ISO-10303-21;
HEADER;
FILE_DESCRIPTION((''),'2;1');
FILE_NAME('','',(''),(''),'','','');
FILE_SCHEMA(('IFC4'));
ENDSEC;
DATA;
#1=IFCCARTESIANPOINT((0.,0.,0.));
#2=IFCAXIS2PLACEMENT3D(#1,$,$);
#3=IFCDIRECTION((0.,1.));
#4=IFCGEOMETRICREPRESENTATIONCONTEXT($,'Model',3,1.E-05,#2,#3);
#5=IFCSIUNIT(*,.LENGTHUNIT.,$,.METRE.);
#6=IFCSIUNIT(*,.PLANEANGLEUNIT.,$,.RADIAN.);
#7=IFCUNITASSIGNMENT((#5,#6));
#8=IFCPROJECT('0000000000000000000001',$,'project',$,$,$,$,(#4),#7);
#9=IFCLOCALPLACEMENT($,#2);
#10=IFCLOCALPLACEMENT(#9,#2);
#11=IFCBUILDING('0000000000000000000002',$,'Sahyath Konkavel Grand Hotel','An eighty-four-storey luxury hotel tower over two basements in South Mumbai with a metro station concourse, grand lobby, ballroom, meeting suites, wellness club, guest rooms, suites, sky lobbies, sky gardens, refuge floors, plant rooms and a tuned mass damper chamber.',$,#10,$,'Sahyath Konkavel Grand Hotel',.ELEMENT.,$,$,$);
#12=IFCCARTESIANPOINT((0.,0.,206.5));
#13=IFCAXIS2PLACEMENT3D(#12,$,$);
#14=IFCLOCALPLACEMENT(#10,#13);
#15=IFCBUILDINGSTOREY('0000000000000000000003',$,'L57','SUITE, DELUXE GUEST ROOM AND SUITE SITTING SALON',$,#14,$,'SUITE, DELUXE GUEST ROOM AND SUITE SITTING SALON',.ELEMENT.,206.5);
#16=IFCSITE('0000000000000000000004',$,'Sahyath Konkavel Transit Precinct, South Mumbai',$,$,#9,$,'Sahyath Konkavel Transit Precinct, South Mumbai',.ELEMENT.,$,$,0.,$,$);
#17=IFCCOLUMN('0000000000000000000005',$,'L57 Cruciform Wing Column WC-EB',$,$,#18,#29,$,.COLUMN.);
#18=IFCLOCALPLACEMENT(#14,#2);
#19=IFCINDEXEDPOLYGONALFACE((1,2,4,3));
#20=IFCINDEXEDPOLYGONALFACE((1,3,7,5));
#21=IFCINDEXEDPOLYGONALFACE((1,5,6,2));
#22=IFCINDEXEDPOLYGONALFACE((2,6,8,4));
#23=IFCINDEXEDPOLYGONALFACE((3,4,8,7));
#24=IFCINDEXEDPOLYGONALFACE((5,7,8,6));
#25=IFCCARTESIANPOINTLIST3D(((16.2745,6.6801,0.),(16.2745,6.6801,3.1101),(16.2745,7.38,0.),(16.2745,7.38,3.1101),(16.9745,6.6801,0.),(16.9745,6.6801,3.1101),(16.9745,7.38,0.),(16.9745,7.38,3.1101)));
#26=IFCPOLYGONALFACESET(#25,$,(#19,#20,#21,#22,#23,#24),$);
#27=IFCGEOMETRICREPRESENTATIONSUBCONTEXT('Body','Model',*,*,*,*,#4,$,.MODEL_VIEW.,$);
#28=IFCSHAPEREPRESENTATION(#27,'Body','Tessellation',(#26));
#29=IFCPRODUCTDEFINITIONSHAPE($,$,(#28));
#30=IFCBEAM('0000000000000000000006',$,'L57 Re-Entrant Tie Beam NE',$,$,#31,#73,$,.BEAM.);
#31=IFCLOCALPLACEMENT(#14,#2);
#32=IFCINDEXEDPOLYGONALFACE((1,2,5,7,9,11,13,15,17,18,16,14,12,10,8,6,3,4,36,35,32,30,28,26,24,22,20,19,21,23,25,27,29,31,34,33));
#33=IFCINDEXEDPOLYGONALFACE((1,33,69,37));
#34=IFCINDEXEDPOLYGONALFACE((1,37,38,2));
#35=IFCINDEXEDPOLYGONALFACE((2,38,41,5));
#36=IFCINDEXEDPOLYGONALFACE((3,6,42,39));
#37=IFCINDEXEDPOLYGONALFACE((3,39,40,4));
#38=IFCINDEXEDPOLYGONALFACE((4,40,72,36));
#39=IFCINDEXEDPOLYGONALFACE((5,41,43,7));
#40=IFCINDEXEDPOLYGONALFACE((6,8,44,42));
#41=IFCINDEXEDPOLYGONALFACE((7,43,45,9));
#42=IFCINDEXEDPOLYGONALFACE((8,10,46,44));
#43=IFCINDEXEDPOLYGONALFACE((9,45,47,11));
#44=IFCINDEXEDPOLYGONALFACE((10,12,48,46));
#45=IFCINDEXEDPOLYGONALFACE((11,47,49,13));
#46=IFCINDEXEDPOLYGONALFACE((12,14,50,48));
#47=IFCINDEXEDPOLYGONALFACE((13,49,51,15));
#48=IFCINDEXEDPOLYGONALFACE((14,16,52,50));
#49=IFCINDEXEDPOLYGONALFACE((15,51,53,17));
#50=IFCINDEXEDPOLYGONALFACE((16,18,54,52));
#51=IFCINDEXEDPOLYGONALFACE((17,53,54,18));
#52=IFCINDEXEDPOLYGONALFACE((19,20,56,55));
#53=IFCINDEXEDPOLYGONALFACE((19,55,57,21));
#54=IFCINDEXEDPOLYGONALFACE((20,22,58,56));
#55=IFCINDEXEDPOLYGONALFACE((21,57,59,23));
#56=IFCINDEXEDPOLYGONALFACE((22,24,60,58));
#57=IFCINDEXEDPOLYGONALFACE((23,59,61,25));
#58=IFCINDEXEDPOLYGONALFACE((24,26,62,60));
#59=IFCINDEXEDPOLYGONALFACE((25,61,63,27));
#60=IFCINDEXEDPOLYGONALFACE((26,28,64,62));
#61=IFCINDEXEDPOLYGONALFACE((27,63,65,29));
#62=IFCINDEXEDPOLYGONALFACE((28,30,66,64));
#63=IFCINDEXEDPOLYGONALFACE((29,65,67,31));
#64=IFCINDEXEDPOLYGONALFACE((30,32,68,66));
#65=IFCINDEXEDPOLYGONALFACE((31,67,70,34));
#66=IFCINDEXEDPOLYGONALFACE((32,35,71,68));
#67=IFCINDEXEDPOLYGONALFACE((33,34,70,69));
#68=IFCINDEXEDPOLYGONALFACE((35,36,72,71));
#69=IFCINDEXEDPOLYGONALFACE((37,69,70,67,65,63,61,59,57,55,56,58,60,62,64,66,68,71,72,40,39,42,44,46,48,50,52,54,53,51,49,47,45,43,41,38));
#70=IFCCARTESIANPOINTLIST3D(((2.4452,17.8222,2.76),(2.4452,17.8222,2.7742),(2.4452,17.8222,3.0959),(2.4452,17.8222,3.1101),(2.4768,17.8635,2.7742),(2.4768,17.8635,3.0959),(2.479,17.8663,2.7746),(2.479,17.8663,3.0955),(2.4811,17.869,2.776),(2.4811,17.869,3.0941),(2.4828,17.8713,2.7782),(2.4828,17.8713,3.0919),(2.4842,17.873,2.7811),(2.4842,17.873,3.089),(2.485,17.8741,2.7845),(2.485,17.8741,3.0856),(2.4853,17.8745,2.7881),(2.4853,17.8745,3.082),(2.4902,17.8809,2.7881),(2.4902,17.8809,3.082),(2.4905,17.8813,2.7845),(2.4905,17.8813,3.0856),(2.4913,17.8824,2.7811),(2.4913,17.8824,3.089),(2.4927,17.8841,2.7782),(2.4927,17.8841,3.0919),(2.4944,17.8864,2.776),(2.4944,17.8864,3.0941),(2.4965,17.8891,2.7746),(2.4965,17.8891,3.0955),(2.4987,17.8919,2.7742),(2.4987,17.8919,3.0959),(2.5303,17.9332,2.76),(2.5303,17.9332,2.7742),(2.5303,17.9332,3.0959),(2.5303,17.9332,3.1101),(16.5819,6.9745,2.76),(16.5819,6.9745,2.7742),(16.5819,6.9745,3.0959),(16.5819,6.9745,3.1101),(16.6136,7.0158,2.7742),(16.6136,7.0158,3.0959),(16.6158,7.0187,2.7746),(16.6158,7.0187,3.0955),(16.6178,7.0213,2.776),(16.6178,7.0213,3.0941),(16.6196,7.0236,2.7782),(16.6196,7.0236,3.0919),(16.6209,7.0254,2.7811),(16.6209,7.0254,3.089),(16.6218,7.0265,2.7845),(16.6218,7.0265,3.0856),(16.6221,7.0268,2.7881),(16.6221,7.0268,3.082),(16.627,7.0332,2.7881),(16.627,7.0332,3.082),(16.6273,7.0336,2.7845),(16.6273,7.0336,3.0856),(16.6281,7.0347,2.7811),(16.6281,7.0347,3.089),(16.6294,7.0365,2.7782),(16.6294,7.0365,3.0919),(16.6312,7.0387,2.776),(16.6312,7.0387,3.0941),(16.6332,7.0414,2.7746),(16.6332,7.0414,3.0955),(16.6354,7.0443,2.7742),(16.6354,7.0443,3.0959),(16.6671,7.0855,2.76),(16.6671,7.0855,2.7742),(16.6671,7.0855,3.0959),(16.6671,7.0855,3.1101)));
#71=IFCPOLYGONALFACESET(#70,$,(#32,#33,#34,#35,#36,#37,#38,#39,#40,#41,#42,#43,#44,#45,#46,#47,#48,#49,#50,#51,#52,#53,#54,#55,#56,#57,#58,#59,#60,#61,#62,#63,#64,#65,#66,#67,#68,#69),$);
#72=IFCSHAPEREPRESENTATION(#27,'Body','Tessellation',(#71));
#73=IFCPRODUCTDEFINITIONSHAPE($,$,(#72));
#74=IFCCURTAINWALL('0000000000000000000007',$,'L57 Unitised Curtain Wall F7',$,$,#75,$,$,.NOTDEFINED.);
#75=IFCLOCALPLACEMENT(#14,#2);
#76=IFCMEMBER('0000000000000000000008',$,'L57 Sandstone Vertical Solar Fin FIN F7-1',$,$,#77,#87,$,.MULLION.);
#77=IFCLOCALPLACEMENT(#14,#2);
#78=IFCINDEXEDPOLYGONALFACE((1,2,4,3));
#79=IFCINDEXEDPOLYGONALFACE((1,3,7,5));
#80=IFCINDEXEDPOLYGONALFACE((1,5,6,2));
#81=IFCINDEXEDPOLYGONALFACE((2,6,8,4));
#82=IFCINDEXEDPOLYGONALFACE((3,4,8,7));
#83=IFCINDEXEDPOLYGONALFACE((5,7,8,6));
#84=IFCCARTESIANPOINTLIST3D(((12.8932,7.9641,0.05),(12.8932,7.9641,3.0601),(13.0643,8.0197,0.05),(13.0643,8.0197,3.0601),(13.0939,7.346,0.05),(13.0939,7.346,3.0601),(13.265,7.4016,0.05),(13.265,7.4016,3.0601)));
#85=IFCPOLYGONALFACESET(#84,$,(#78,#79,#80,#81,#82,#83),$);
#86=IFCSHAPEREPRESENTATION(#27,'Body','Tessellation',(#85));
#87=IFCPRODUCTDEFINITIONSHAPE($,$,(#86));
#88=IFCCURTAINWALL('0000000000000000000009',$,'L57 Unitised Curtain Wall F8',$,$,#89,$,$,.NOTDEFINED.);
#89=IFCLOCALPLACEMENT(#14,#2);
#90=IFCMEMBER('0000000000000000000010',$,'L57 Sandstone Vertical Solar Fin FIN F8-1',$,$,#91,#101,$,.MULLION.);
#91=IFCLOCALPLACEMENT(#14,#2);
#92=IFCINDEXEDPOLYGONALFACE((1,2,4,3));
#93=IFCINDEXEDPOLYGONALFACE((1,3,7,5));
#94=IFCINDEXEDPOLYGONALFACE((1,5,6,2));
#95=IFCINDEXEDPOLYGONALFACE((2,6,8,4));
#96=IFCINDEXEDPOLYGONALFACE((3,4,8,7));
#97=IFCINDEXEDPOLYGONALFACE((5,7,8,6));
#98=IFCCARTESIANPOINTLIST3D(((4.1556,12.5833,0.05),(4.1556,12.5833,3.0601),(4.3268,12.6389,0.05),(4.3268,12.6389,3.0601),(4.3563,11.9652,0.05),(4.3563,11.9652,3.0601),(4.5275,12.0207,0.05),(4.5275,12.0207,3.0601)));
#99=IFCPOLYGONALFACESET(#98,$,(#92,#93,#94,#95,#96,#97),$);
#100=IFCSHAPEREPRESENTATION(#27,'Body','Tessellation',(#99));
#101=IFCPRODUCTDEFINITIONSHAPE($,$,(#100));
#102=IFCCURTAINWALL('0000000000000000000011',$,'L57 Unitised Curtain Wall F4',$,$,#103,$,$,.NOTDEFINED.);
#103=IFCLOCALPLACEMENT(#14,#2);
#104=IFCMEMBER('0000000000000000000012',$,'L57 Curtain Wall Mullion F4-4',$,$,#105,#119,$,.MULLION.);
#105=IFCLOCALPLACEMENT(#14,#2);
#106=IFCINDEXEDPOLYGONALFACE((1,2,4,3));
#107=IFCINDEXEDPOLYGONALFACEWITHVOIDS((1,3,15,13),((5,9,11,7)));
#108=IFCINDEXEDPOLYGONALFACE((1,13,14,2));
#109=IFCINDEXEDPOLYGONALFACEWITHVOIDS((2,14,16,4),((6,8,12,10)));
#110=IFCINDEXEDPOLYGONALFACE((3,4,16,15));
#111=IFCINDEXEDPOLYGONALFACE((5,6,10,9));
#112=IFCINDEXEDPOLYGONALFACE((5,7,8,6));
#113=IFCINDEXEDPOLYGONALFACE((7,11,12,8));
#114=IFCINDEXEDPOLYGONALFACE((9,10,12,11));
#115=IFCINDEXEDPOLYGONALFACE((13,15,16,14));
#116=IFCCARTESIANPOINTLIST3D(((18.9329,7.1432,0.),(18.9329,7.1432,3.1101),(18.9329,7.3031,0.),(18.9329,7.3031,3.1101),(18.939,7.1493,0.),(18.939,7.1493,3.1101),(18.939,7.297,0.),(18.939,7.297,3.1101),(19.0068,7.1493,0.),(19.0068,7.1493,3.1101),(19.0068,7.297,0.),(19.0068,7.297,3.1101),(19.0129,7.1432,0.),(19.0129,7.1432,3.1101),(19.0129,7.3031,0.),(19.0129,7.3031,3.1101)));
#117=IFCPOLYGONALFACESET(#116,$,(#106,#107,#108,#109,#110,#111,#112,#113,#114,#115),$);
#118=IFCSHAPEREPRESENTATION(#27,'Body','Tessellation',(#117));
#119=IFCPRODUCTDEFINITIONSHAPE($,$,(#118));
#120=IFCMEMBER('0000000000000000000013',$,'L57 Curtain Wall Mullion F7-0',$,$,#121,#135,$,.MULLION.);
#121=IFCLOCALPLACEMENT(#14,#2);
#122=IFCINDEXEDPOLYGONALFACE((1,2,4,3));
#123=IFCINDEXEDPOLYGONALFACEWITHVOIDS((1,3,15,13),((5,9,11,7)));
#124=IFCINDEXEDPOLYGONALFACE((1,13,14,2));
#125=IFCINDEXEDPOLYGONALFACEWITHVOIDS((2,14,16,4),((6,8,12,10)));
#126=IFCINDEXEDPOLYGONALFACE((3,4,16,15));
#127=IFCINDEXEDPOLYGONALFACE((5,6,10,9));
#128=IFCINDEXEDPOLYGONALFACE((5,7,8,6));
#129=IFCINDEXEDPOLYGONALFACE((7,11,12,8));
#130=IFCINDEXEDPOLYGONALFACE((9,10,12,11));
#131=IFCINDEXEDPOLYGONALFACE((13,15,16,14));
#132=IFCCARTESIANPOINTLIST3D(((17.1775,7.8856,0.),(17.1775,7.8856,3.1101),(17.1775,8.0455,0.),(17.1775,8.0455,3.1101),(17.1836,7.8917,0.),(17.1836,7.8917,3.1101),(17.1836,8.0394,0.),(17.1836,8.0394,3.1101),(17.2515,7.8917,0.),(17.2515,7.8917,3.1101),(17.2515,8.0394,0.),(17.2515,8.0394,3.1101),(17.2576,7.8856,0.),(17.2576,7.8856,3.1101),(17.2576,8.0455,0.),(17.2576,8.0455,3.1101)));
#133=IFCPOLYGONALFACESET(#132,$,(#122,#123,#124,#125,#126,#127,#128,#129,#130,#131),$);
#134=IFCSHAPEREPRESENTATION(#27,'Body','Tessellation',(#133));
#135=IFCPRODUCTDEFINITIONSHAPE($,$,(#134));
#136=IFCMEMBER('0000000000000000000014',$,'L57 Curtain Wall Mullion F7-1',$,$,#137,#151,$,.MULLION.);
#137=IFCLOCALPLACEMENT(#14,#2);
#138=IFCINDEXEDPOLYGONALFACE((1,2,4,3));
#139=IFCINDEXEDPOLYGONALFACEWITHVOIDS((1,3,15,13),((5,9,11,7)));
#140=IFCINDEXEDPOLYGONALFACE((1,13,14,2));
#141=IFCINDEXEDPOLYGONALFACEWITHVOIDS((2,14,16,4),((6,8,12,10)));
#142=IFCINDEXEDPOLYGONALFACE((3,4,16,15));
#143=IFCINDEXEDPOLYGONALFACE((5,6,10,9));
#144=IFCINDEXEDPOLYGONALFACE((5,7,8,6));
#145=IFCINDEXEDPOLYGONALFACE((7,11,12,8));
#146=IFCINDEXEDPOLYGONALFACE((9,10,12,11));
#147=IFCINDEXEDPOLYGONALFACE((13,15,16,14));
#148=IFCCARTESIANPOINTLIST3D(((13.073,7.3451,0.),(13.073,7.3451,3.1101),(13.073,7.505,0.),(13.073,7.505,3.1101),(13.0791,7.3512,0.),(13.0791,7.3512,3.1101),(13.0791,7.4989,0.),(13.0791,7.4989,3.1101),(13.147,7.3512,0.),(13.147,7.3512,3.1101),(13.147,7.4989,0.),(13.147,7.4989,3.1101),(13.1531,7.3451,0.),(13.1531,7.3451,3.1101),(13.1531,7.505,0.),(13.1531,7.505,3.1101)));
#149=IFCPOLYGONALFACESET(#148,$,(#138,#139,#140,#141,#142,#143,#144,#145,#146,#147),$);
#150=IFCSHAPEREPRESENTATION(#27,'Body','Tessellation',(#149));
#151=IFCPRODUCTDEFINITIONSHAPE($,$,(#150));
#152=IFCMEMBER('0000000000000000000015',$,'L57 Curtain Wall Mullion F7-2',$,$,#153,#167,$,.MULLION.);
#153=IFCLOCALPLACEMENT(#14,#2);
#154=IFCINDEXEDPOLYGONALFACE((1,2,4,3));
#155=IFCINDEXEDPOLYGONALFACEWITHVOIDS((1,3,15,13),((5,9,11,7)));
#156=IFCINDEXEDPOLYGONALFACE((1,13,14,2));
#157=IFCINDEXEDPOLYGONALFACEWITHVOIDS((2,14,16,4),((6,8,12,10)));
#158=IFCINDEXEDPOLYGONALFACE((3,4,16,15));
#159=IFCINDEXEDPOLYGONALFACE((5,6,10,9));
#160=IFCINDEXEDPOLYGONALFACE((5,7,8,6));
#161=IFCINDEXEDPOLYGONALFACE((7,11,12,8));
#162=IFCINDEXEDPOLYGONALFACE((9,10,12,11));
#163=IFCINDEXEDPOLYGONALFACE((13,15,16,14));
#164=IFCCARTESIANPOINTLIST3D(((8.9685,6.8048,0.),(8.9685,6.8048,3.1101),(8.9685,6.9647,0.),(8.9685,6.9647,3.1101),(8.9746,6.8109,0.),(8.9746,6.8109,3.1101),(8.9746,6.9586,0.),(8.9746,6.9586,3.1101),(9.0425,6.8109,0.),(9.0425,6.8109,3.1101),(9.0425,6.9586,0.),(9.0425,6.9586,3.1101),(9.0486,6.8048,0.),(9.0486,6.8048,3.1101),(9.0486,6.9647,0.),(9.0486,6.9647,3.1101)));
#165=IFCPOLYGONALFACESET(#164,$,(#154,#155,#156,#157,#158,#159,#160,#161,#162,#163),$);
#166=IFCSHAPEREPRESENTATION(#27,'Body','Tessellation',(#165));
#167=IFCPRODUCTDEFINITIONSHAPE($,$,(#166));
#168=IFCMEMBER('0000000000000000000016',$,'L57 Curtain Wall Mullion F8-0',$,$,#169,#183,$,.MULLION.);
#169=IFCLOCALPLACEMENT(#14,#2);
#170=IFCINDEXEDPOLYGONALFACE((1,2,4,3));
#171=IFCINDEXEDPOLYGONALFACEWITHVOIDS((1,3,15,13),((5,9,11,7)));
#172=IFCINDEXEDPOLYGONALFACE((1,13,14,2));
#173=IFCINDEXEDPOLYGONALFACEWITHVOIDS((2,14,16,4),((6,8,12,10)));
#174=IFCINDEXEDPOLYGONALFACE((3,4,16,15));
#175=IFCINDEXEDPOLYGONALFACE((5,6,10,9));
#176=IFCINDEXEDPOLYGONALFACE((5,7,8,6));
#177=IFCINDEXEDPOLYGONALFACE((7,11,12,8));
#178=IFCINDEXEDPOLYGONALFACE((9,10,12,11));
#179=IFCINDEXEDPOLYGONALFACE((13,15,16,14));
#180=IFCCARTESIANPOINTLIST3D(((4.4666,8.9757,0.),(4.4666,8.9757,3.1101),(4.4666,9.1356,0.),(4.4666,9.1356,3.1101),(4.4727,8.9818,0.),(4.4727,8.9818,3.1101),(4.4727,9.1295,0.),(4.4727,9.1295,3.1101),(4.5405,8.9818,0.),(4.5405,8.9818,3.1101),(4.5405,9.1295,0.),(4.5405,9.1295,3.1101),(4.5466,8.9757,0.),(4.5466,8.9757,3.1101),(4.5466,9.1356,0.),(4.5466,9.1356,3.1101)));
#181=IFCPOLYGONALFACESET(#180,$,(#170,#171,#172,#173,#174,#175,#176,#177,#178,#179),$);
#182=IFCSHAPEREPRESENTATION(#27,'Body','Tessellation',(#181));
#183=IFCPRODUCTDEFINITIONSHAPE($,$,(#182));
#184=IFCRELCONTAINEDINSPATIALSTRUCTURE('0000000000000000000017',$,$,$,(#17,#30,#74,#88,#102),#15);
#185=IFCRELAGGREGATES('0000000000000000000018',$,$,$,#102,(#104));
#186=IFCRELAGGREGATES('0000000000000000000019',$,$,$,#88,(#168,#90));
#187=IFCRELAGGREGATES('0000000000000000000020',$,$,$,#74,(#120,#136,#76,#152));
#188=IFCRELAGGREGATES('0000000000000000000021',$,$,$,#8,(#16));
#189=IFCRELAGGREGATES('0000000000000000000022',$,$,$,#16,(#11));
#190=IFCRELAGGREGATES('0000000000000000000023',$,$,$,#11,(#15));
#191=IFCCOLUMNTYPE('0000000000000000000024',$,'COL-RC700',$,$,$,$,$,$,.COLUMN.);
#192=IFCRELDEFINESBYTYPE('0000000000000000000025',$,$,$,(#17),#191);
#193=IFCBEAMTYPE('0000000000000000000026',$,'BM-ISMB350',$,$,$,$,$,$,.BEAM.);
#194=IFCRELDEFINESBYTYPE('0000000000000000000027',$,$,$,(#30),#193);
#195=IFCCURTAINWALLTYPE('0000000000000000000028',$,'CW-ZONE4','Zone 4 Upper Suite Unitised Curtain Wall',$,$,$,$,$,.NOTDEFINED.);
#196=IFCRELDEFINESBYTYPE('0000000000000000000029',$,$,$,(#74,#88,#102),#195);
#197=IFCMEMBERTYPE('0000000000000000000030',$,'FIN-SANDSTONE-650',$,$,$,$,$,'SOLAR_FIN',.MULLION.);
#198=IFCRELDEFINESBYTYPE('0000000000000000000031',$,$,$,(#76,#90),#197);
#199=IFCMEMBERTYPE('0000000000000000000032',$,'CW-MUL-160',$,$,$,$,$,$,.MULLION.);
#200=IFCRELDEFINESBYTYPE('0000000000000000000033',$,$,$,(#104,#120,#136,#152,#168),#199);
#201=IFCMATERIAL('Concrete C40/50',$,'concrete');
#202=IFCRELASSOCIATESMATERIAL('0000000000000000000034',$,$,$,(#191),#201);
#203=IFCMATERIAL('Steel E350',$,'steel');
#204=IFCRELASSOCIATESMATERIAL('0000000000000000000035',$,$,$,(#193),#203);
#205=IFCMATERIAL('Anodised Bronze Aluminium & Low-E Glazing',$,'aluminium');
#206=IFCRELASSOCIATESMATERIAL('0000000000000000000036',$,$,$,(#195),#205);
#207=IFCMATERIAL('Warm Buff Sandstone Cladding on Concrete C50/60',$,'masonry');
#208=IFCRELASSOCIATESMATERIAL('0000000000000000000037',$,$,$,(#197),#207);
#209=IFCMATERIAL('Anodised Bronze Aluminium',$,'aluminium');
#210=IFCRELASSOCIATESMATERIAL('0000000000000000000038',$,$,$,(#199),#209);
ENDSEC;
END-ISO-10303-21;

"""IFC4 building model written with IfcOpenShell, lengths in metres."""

from ifc_helpers import new_model, si_unit, direction, frame, origin, origin_2d, place, context, subcontext, project, spatial, rectangle, hollow_rectangle, i_section, extrude, source, transform, mapped, material, material_profile, profile_set, type_object, element, aggregate, save


model = new_model("IFC4")

# Units and contexts
model_context = context("Model", 3, precision=1e-05, world=origin(), true_north=direction((0.0, 1.0)))
body_context = subcontext(model_context, "Body", "Model", "MODEL_VIEW")
ifc_project = project(units=[si_unit("LENGTHUNIT", "METRE"), si_unit("PLANEANGLEUNIT", "RADIAN")], contexts=[model_context])

# Site, building, storey
site_placement = place(None, origin())
site = spatial("IfcSite", under=ifc_project, at=site_placement, Name="Sahyath Konkavel Transit Precinct, South Mumbai", LongName="Sahyath Konkavel Transit Precinct, South Mumbai", CompositionType="ELEMENT", RefElevation=0.0)
building_placement = place(site_placement, origin())
building = spatial("IfcBuilding", under=site, at=building_placement, Name="Sahyath Konkavel Grand Hotel", Description="An eighty-four-storey luxury hotel tower over two basements in South Mumbai with a metro station concourse, grand lobby, ballroom, meeting suites, wellness club, guest rooms, suites, sky lobbies, sky gardens, refuge floors, plant rooms and a tuned mass damper chamber.", LongName="Sahyath Konkavel Grand Hotel", CompositionType="ELEMENT")
storey_placement = place(building_placement, frame((0.0, 0.0, 206.5)))
storey = spatial("IfcBuildingStorey", under=building, at=storey_placement, Name="L57", Description="SUITE, DELUXE GUEST ROOM AND SUITE SITTING SALON", LongName="SUITE, DELUXE GUEST ROOM AND SUITE SITTING SALON", CompositionType="ELEMENT", Elevation=206.5)

# Column
ifc_material_1 = material(Name="Concrete C40/50", Category="concrete")
ifc_material_profile_1 = material_profile(ifc_material_1, rectangle(XDim=0.7, YDim=0.7, at=origin_2d()), Name="RC 700x700")
ifc_profile_set_1 = profile_set([ifc_material_profile_1], Name="Concrete C40/50")
column_type = type_object("IfcColumnType", Name="COL-RC700", PredefinedType="COLUMN", material=ifc_profile_set_1)
shared_shape_1 = source(origin(), body_context, "Body", "SweptSolid", [
    extrude(rectangle(XDim=0.7, YDim=0.7, at=origin_2d()), origin(), (0.0, 0.0, 1.0), 3.1101),
])
column_placement = place(storey_placement, frame((16.6245, 7.03, 0.0), z_axis=(0.0, 0.0, 1.0), x_axis=(1.0, 0.0, 0.0)))
element("IfcColumn", 1, at=column_placement, inside=storey, type_object=column_type, Name="L57 Cruciform Wing Column WC-EB", PredefinedType="COLUMN", context=body_context, shape_type="MappedRepresentation", body=[
    mapped(shared_shape_1, transform((0.0, 0.0, 0.0), scale=1.0)),
])

# Beam
ifc_material_2 = material(Name="Steel E350", Category="steel")
ifc_material_profile_2 = material_profile(ifc_material_2, i_section(OverallWidth=0.1399, OverallDepth=0.3501, WebThickness=0.0081, FlangeThickness=0.0142, FilletRadius=0.0139, at=origin_2d()), Name="ISMB 350")
ifc_profile_set_2 = profile_set([ifc_material_profile_2], Name="Steel E350")
beam_type = type_object("IfcBeamType", Name="BM-ISMB350", PredefinedType="BEAM", material=ifc_profile_set_2)
shared_shape_2 = source(origin(), body_context, "Body", "SweptSolid", [
    extrude(i_section(OverallWidth=0.1399, OverallDepth=0.3501, WebThickness=0.0081, FlangeThickness=0.0142, FilletRadius=0.0139, at=origin_2d()), origin(), (0.0, 0.0, 1.0), 17.8191),
])
beam_placement = place(storey_placement, frame((16.6245, 7.03, 2.9351), z_axis=(-0.793349, 0.608767, 0.0), x_axis=(-0.608767, -0.793349, 0.0)))
element("IfcBeam", 2, at=beam_placement, inside=storey, type_object=beam_type, Name="L57 Re-Entrant Tie Beam NE", PredefinedType="BEAM", context=body_context, shape_type="MappedRepresentation", body=[
    mapped(shared_shape_2, transform((0.0, 0.0, 0.0), scale=1.0)),
])

# Curtain walls, members
ifc_material_3 = material(Name="Anodised Bronze Aluminium & Low-E Glazing", Category="aluminium")
curtain_wall_type = type_object("IfcCurtainWallType", Name="CW-ZONE4", Description="Zone 4 Upper Suite Unitised Curtain Wall", PredefinedType="NOTDEFINED", material=ifc_material_3)
curtain_wall_1_placement = place(storey_placement, origin())
curtain_wall_1 = element("IfcCurtainWall", 3, at=curtain_wall_1_placement, inside=storey, type_object=curtain_wall_type, Name="L57 Unitised Curtain Wall F7", PredefinedType="NOTDEFINED")
ifc_material_4 = material(Name="Warm Buff Sandstone Cladding on Concrete C50/60", Category="masonry")
ifc_material_profile_3 = material_profile(ifc_material_4, rectangle(XDim=0.1799, YDim=0.6499, at=origin_2d()), Name="FIN 180x650")
ifc_profile_set_3 = profile_set([ifc_material_profile_3], Name="Warm Buff Sandstone Cladding on Concrete C50/60")
member_type_1 = type_object("IfcMemberType", Name="FIN-SANDSTONE-650", ElementType="SOLAR_FIN", PredefinedType="MULLION", material=ifc_profile_set_3)
shared_shape_3 = source(origin(), body_context, "Body", "SweptSolid", [
    extrude(rectangle(XDim=0.1799, YDim=0.6499, at=origin_2d()), origin(), (0.0, 0.0, 1.0), 3.01),
])
member_1_placement = place(storey_placement, frame((13.0791, 7.6829, 0.05), z_axis=(0.0, 0.0, 1.0), x_axis=(0.95111, 0.308851, 0.0)))
member_1 = element("IfcMember", 4, at=member_1_placement, type_object=member_type_1, Name="L57 Sandstone Vertical Solar Fin FIN F7-1", PredefinedType="MULLION", context=body_context, shape_type="MappedRepresentation", body=[
    mapped(shared_shape_3, transform((0.0, 0.0, 0.0), scale=1.0)),
])
curtain_wall_2_placement = place(storey_placement, origin())
curtain_wall_2 = element("IfcCurtainWall", 5, at=curtain_wall_2_placement, inside=storey, type_object=curtain_wall_type, Name="L57 Unitised Curtain Wall F8", PredefinedType="NOTDEFINED")
member_2_placement = place(storey_placement, frame((4.3416, 12.302, 0.05), z_axis=(0.0, 0.0, 1.0), x_axis=(0.95111, 0.308851, 0.0)))
member_2 = element("IfcMember", 6, at=member_2_placement, type_object=member_type_1, Name="L57 Sandstone Vertical Solar Fin FIN F8-1", PredefinedType="MULLION", context=body_context, shape_type="MappedRepresentation", body=[
    mapped(shared_shape_3, transform((0.0, 0.0, 0.0), scale=1.0)),
])
curtain_wall_3_placement = place(storey_placement, origin())
curtain_wall_3 = element("IfcCurtainWall", 7, at=curtain_wall_3_placement, inside=storey, type_object=curtain_wall_type, Name="L57 Unitised Curtain Wall F4", PredefinedType="NOTDEFINED")
ifc_material_5 = material(Name="Anodised Bronze Aluminium", Category="aluminium")
ifc_material_profile_4 = material_profile(ifc_material_5, hollow_rectangle(XDim=0.0801, YDim=0.1599, WallThickness=0.0061, at=origin_2d()), Name="RHS 160x80x6")
ifc_profile_set_4 = profile_set([ifc_material_profile_4], Name="Anodised Bronze Aluminium")
member_type_2 = type_object("IfcMemberType", Name="CW-MUL-160", PredefinedType="MULLION", material=ifc_profile_set_4)
shared_shape_4 = source(origin(), body_context, "Body", "SweptSolid", [
    extrude(hollow_rectangle(XDim=0.0801, YDim=0.1599, WallThickness=0.0061, at=origin_2d()), origin(), (0.0, 0.0, 1.0), 3.1101),
])
member_3_placement = place(storey_placement, frame((18.9729, 7.2231, 0.0), z_axis=(0.0, 0.0, 1.0), x_axis=(1.0, 0.0, 0.0)))
member_3 = element("IfcMember", 8, at=member_3_placement, type_object=member_type_2, Name="L57 Curtain Wall Mullion F4-4", PredefinedType="MULLION", context=body_context, shape_type="MappedRepresentation", body=[
    mapped(shared_shape_4, transform((0.0, 0.0, 0.0), scale=1.0)),
])
aggregate(curtain_wall_3, [member_3])

# Members
member_4_placement = place(storey_placement, frame((17.2175, 7.9656, 0.0), z_axis=(0.0, 0.0, 1.0), x_axis=(1.0, 0.0, 0.0)))
member_4 = element("IfcMember", 9, at=member_4_placement, type_object=member_type_2, Name="L57 Curtain Wall Mullion F7-0", PredefinedType="MULLION", context=body_context, shape_type="MappedRepresentation", body=[
    mapped(shared_shape_4, transform((0.0, 0.0, 0.0), scale=1.0)),
])
member_5_placement = place(storey_placement, frame((13.113, 7.425, 0.0), z_axis=(0.0, 0.0, 1.0), x_axis=(1.0, 0.0, 0.0)))
member_5 = element("IfcMember", 10, at=member_5_placement, type_object=member_type_2, Name="L57 Curtain Wall Mullion F7-1", PredefinedType="MULLION", context=body_context, shape_type="MappedRepresentation", body=[
    mapped(shared_shape_4, transform((0.0, 0.0, 0.0), scale=1.0)),
])
member_6_placement = place(storey_placement, frame((9.0085, 6.8848, 0.0), z_axis=(0.0, 0.0, 1.0), x_axis=(1.0, 0.0, 0.0)))
member_6 = element("IfcMember", 11, at=member_6_placement, type_object=member_type_2, Name="L57 Curtain Wall Mullion F7-2", PredefinedType="MULLION", context=body_context, shape_type="MappedRepresentation", body=[
    mapped(shared_shape_4, transform((0.0, 0.0, 0.0), scale=1.0)),
])
member_7_placement = place(storey_placement, frame((4.5066, 9.0557, 0.0), z_axis=(0.0, 0.0, 1.0), x_axis=(1.0, 0.0, 0.0)))
member_7 = element("IfcMember", 12, at=member_7_placement, type_object=member_type_2, Name="L57 Curtain Wall Mullion F8-0", PredefinedType="MULLION", context=body_context, shape_type="MappedRepresentation", body=[
    mapped(shared_shape_4, transform((0.0, 0.0, 0.0), scale=1.0)),
])

aggregate(curtain_wall_2, [member_7, member_2])
aggregate(curtain_wall_1, [member_4, member_5, member_1, member_6])

save(model, "model.ifc")
